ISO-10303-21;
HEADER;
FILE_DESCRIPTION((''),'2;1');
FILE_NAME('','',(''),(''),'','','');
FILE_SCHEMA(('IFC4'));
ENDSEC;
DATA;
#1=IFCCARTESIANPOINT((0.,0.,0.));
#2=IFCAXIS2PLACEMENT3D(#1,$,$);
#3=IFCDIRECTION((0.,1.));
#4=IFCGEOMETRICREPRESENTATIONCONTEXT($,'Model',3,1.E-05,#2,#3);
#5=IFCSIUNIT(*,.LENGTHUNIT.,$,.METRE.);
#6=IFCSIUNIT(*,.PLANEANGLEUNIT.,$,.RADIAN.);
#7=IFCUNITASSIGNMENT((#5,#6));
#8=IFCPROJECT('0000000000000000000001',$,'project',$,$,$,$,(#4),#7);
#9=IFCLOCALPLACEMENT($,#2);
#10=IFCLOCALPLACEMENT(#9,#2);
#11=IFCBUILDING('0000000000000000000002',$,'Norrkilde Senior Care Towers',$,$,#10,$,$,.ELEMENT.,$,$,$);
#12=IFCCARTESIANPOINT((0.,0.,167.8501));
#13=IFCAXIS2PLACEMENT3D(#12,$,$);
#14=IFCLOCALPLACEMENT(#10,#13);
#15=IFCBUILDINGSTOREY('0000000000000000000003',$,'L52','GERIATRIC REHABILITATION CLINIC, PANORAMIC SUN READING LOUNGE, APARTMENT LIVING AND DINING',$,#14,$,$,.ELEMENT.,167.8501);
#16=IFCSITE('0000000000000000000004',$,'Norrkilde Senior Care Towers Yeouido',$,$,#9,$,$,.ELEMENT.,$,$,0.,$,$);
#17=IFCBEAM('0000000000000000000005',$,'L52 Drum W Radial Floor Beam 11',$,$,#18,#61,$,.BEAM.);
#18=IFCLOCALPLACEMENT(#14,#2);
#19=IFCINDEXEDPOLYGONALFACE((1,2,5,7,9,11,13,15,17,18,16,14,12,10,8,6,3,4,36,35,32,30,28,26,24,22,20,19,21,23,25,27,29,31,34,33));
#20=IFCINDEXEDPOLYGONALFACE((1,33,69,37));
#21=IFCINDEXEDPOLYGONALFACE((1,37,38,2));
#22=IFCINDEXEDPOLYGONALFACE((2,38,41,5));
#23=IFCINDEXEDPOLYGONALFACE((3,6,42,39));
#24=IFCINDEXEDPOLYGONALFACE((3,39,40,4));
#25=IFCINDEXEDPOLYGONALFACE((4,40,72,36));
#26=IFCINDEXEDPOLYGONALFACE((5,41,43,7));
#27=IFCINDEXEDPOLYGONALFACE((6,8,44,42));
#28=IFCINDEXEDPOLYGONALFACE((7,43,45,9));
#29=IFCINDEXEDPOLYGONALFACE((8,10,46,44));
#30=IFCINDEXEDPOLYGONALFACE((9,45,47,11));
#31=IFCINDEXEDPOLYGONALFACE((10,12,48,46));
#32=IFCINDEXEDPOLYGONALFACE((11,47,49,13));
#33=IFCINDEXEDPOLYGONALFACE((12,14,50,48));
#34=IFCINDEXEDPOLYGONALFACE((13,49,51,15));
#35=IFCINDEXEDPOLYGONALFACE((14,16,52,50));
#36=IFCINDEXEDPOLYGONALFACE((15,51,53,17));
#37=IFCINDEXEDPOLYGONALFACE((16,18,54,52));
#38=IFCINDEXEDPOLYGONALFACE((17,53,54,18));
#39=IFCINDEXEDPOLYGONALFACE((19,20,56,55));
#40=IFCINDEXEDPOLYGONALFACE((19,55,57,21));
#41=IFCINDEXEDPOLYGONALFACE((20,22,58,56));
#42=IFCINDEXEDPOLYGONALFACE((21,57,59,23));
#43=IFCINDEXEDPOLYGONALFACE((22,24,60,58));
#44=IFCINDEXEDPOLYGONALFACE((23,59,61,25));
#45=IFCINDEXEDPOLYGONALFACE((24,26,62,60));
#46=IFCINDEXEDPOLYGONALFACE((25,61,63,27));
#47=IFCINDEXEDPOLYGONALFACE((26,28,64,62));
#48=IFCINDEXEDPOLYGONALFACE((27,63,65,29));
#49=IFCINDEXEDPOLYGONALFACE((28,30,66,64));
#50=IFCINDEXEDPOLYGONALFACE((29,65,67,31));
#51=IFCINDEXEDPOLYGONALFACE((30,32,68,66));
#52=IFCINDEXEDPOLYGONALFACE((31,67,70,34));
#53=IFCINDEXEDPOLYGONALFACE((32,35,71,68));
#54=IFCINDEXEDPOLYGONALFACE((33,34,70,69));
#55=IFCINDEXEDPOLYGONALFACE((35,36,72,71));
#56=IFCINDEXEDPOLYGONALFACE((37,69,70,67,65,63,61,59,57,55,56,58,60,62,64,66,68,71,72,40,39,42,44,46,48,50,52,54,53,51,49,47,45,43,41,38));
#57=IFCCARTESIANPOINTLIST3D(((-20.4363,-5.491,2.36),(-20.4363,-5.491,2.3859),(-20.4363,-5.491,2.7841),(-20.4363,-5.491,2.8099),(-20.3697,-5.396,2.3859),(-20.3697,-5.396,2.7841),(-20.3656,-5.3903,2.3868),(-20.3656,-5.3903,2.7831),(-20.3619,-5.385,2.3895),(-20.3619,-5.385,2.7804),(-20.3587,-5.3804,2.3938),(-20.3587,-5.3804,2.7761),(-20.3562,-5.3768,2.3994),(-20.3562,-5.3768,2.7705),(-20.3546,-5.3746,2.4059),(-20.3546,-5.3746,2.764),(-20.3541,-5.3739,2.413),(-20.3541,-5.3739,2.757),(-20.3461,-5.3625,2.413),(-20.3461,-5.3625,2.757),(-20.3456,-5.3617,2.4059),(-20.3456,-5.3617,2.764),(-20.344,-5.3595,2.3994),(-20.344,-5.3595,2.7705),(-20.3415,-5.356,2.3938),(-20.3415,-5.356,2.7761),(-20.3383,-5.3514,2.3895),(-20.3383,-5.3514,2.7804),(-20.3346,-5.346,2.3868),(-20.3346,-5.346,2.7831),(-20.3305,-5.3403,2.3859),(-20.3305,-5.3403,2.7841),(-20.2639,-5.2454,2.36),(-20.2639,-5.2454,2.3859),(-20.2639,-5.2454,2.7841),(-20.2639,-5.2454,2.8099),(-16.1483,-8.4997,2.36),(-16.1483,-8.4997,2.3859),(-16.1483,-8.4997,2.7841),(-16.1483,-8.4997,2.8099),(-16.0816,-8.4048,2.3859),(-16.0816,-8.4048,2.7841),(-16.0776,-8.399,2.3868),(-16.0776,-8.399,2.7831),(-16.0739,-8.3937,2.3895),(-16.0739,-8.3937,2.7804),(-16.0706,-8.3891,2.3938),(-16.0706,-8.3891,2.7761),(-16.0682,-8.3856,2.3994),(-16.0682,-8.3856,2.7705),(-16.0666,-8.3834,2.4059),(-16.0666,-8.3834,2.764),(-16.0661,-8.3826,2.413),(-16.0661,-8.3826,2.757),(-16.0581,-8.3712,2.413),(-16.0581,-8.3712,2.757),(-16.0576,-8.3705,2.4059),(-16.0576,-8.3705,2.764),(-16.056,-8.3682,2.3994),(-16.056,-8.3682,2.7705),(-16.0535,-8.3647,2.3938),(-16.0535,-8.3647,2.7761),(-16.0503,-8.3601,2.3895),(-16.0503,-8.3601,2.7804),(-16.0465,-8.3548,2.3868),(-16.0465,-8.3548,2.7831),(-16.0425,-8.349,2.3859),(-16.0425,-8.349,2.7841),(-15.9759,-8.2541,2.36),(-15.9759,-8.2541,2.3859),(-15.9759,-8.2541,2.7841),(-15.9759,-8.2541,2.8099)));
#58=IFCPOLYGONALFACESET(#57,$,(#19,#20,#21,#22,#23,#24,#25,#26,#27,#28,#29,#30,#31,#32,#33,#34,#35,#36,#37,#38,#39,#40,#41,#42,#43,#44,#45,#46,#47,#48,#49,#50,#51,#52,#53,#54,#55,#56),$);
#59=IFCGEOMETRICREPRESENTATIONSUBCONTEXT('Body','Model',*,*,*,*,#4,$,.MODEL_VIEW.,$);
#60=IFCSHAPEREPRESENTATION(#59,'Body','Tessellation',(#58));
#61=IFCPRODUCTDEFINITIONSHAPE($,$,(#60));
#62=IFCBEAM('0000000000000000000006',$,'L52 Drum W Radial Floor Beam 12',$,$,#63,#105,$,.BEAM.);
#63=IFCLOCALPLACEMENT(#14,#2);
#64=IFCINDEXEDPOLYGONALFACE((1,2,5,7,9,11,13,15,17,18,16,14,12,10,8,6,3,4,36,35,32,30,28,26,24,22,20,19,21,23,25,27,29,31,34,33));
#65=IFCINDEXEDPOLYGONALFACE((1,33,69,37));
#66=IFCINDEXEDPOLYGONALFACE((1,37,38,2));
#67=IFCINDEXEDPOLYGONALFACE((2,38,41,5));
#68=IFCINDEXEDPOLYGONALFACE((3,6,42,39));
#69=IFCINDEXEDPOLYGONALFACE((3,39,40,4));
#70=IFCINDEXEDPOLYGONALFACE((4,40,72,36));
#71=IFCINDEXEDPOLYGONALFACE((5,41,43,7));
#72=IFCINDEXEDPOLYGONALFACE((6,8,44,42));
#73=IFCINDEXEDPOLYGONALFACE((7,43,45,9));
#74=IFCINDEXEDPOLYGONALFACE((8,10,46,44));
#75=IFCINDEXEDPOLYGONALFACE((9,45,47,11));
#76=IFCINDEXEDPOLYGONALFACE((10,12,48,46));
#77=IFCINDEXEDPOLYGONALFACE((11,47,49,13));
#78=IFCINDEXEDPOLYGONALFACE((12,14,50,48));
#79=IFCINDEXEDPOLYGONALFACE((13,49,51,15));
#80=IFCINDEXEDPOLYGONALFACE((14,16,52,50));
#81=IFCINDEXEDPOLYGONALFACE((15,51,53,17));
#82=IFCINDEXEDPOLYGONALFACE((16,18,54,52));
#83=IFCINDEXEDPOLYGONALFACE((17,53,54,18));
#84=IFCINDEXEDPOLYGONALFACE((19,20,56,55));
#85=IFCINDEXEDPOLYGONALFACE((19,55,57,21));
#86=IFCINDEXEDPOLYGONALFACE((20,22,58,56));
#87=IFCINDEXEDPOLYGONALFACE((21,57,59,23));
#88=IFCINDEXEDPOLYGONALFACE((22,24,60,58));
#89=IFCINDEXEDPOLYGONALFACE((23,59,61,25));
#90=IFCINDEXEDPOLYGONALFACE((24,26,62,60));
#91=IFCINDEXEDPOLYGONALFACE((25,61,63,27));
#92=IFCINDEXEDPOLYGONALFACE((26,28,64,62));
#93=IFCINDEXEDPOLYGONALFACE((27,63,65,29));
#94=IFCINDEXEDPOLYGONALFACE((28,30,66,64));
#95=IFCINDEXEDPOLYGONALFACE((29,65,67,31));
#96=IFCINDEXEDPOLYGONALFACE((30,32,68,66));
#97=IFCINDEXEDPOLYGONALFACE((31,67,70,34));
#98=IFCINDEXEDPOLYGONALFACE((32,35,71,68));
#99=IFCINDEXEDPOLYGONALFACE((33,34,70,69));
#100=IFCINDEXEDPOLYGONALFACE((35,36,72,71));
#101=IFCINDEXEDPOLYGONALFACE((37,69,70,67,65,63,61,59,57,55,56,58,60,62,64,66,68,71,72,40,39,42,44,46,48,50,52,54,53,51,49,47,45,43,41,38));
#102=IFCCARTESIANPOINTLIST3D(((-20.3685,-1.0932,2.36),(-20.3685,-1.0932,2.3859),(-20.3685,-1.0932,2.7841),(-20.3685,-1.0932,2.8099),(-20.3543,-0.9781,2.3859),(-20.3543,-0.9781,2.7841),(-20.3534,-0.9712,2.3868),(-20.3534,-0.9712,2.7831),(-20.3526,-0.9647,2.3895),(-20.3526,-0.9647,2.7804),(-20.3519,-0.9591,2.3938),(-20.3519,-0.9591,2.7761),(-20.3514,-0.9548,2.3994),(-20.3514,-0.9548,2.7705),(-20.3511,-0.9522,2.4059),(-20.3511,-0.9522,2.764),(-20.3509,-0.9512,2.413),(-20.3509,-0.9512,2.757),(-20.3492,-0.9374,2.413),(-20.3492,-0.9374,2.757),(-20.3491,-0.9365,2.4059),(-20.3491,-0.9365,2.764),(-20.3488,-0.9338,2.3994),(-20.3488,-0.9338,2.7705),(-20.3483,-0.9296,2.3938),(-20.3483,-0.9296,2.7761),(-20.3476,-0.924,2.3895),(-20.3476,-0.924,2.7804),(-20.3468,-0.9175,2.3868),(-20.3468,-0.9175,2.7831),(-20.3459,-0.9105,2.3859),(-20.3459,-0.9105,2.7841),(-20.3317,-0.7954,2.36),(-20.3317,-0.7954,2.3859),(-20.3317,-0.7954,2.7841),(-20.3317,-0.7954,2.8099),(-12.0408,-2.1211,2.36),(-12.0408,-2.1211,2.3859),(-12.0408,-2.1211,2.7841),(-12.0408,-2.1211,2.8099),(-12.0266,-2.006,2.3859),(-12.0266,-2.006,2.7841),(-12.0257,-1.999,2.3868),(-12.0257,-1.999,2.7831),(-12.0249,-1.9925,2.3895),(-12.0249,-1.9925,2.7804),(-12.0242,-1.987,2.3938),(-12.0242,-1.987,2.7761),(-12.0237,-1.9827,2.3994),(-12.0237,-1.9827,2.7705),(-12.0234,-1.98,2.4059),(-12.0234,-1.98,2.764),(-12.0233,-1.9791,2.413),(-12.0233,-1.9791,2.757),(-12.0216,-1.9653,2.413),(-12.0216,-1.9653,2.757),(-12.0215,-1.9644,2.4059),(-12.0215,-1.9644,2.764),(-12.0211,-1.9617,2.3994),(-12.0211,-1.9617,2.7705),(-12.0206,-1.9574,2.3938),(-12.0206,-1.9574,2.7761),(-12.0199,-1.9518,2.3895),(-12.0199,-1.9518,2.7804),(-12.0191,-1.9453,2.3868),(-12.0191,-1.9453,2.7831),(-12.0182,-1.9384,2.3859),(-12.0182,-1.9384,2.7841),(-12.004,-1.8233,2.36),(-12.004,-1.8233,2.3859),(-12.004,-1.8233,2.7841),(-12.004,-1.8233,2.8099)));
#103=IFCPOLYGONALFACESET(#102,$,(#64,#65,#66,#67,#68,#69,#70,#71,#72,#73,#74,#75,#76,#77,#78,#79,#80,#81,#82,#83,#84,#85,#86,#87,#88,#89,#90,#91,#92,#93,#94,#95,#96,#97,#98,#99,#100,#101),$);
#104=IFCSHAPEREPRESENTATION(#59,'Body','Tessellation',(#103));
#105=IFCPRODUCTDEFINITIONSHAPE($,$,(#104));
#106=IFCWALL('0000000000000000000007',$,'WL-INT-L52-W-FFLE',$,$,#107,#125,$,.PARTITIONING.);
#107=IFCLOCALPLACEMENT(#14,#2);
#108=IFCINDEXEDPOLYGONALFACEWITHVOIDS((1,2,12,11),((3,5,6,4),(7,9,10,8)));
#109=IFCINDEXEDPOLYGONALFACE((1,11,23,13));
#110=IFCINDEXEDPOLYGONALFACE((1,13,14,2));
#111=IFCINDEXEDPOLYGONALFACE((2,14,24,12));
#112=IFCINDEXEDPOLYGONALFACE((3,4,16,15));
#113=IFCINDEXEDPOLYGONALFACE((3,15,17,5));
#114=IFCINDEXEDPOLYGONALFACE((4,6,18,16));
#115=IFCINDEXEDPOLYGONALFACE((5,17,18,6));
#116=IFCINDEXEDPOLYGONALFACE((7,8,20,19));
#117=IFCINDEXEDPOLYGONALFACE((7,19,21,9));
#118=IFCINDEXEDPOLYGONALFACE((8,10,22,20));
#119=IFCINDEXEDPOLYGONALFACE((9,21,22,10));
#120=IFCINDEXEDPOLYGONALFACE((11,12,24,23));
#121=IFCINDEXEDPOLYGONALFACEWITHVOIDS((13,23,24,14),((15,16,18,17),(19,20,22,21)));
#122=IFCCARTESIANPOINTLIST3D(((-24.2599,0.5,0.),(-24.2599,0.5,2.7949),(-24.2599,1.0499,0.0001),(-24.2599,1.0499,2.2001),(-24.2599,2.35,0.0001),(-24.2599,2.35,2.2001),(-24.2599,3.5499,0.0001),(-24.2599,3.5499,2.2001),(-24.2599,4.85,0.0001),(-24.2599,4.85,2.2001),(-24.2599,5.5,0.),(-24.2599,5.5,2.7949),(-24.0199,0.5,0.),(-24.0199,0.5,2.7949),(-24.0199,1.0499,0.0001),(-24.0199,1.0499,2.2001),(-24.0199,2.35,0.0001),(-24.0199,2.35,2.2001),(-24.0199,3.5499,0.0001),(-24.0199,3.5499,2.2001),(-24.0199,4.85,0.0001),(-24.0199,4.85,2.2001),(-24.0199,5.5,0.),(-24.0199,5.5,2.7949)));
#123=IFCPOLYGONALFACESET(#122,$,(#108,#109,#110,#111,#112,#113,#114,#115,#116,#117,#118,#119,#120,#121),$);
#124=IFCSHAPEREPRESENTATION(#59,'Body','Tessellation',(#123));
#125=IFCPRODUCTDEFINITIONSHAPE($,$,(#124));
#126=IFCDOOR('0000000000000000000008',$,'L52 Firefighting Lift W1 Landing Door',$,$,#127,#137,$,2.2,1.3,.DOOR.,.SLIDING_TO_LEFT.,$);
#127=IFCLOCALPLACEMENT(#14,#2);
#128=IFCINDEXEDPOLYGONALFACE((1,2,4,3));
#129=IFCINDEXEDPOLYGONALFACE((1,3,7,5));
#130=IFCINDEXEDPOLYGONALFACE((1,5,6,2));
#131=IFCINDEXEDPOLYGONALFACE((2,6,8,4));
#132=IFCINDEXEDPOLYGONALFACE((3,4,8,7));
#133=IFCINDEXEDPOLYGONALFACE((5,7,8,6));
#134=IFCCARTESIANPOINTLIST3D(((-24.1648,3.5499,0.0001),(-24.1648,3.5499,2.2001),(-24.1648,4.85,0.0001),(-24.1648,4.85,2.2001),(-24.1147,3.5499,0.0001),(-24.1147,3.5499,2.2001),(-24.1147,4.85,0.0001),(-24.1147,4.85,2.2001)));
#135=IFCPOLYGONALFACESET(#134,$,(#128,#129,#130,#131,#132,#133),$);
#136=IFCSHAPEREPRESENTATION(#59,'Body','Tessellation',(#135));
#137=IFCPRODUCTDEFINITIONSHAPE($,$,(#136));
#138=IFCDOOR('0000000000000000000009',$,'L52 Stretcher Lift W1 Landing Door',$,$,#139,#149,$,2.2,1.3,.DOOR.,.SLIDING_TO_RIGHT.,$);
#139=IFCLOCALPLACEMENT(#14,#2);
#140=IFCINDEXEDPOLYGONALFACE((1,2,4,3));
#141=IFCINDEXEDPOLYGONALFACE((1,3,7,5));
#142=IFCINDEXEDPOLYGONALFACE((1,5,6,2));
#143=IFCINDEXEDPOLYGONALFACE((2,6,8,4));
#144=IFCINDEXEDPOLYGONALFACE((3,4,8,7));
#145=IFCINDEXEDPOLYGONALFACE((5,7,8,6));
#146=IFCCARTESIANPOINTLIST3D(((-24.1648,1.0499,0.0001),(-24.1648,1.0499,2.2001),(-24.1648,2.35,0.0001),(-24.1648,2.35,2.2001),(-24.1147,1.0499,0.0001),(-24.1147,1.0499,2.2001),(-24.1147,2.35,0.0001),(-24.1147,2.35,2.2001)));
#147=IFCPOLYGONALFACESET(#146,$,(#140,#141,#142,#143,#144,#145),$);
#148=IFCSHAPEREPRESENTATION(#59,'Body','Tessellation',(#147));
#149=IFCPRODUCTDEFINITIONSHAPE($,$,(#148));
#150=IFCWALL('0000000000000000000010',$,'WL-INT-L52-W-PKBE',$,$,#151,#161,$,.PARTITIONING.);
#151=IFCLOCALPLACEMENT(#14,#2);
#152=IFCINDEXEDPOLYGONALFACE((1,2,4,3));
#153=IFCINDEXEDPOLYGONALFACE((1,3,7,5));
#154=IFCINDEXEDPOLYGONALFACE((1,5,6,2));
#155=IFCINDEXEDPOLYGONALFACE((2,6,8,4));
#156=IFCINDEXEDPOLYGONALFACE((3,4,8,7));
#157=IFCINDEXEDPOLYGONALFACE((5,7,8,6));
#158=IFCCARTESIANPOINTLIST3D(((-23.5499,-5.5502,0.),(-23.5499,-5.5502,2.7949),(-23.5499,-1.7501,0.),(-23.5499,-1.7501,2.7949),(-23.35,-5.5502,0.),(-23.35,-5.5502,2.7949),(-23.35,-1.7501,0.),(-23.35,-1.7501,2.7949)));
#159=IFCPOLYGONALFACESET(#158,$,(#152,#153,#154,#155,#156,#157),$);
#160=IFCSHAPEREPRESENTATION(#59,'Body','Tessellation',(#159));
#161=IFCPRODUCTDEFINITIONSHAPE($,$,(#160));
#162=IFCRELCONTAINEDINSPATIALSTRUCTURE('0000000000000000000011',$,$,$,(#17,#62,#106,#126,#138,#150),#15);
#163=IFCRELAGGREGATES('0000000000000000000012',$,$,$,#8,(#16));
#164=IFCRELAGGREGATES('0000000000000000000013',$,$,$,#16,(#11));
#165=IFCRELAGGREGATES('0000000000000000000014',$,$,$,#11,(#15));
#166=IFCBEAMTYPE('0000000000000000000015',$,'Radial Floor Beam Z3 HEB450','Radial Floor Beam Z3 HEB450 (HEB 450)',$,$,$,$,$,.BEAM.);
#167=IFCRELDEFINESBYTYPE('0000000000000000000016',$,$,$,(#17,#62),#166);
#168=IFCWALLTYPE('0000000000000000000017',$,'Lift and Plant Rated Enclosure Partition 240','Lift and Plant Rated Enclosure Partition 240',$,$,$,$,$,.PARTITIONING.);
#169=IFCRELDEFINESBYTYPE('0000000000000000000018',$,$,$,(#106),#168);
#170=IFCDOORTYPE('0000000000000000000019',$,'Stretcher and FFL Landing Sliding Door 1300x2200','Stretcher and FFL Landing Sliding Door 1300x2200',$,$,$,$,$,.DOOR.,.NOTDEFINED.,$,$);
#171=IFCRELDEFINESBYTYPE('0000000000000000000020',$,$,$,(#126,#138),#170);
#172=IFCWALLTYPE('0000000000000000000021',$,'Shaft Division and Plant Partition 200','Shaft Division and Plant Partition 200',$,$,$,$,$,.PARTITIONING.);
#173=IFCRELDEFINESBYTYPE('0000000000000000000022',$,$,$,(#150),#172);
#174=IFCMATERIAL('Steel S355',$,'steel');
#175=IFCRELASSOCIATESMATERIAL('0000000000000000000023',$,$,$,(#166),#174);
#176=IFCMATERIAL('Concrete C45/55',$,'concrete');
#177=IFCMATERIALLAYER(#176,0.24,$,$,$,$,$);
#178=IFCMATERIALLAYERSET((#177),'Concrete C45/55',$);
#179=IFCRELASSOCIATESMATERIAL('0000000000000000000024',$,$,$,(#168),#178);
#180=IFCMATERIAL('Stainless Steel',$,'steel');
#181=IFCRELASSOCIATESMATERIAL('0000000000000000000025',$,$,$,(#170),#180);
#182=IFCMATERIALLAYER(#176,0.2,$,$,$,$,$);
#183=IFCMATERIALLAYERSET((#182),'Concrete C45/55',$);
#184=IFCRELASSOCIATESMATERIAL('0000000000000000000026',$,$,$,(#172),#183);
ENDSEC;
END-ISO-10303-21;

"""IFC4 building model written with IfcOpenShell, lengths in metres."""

from ifc_helpers import new_model, si_unit, direction, frame, frame_2d, origin, origin_2d, place, context, subcontext, project, spatial, rectangle, i_section, extrude, source, transform, mapped, material, layer, layer_set, material_profile, profile_set, type_object, type_shapes, element, fill, save


model = new_model("IFC4")

# Units and contexts
model_context = context("Model", 3, precision=1e-05, world=origin(), true_north=direction((0.0, 1.0)))
body_context = subcontext(model_context, "Body", "Model", "MODEL_VIEW")
ifc_project = project(units=[si_unit("LENGTHUNIT", "METRE"), si_unit("PLANEANGLEUNIT", "RADIAN")], contexts=[model_context])

# Site, building, storey
site_placement = place(None, origin())
site = spatial("IfcSite", under=ifc_project, at=site_placement, Name="Norrkilde Senior Care Towers Yeouido", CompositionType="ELEMENT", RefElevation=0.0)
building_placement = place(site_placement, origin())
building = spatial("IfcBuilding", under=site, at=building_placement, Name="Norrkilde Senior Care Towers", CompositionType="ELEMENT")
storey_placement = place(building_placement, frame((0.0, 0.0, 167.8501)))
storey = spatial("IfcBuildingStorey", under=building, at=storey_placement, Name="L52", Description="GERIATRIC REHABILITATION CLINIC, PANORAMIC SUN READING LOUNGE, APARTMENT LIVING AND DINING", CompositionType="ELEMENT", Elevation=167.8501)

# Beams
ifc_material_1 = material(Name="Steel S355", Category="steel")
ifc_material_profile = material_profile(ifc_material_1, i_section(OverallWidth=0.3, OverallDepth=0.45, WebThickness=0.0139, FlangeThickness=0.0259, FilletRadius=0.0271, at=origin_2d()), Name="HEB 450")
ifc_profile_set = profile_set([ifc_material_profile], Name="Steel S355")
beam_type = type_object("IfcBeamType", Name="Radial Floor Beam Z3 HEB450", Description="Radial Floor Beam Z3 HEB450 (HEB 450)", PredefinedType="BEAM", material=ifc_profile_set)
shared_shape_1 = source(origin(), body_context, "Body", "SweptSolid", [
    extrude(i_section(OverallWidth=0.3, OverallDepth=0.45, WebThickness=0.0139, FlangeThickness=0.0259, FilletRadius=0.0271, at=origin_2d()), origin(), (0.0, 0.0, 1.0), 5.2383),
])
beam_1_placement = place(storey_placement, frame((-20.3501, -5.3682, 2.585), z_axis=(0.818592, -0.574375, 0.0), x_axis=(0.574375, 0.818592, 0.0)))
element("IfcBeam", 1, at=beam_1_placement, inside=storey, type_object=beam_type, Name="L52 Drum W Radial Floor Beam 11", PredefinedType="BEAM", context=body_context, shape_type="MappedRepresentation", body=[
    mapped(shared_shape_1, transform((0.0, 0.0, 0.0), x_axis=(1.0, 0.0, 0.0), y_axis=(0.0, 1.0, 0.0), z_axis=(0.0, 0.0, 1.0), scale=1.0)),
])
shared_shape_2 = source(origin(), body_context, "Body", "SweptSolid", [
    extrude(i_section(OverallWidth=0.3, OverallDepth=0.45, WebThickness=0.0139, FlangeThickness=0.0259, FilletRadius=0.0271, at=origin_2d()), origin(), (0.0, 0.0, 1.0), 8.3909),
])
type_shapes(beam_type, [shared_shape_1, shared_shape_2])
beam_2_placement = place(storey_placement, frame((-20.3501, -0.9443, 2.585), z_axis=(0.992469, -0.122495, 0.0), x_axis=(0.122495, 0.992469, 0.0)))
element("IfcBeam", 2, at=beam_2_placement, inside=storey, type_object=beam_type, Name="L52 Drum W Radial Floor Beam 12", PredefinedType="BEAM", context=body_context, shape_type="MappedRepresentation", body=[
    mapped(shared_shape_2, transform((0.0, 0.0, 0.0), x_axis=(1.0, 0.0, 0.0), y_axis=(0.0, 1.0, 0.0), z_axis=(0.0, 0.0, 1.0), scale=1.0)),
])

# Wall, openings, doors
ifc_material_2 = material(Name="Concrete C45/55", Category="concrete")
ifc_layer_1 = layer(ifc_material_2, 0.24)
ifc_layer_set_1 = layer_set([ifc_layer_1], Name="Concrete C45/55")
wall_type_1 = type_object("IfcWallType", Name="Lift and Plant Rated Enclosure Partition 240", Description="Lift and Plant Rated Enclosure Partition 240", PredefinedType="PARTITIONING", material=ifc_layer_set_1)
shared_shape_3 = source(origin(), body_context, "Body", "SweptSolid", [
    extrude(rectangle(XDim=5.0, YDim=0.24, at=frame_2d((2.5, 0.0))), origin(), (0.0, 0.0, 1.0), 2.7949),
])
wall_1_placement = place(storey_placement, frame((-24.1399, 0.5, 0.0), z_axis=(0.0, 0.0, 1.0), x_axis=(0.0, 1.0, 0.0)))
wall_1 = element("IfcWall", 3, at=wall_1_placement, inside=storey, type_object=wall_type_1, Name="WL-INT-L52-W-FFLE", PredefinedType="PARTITIONING", context=body_context, shape_type="MappedRepresentation", body=[
    mapped(shared_shape_3, transform((0.0, 0.0, 0.0), x_axis=(1.0, 0.0, 0.0), y_axis=(0.0, 1.0, 0.0), z_axis=(0.0, 0.0, 1.0), scale=1.0)),
])
opening_1_placement = place(wall_1_placement, frame((3.05, 0.0, 0.0)))
opening_1 = element("IfcOpeningElement", 4, at=opening_1_placement, cuts=wall_1, PredefinedType="OPENING", context=body_context, shape_type="SweptSolid", body=[
    extrude(rectangle(XDim=1.3, YDim=2.2, at=frame_2d((0.6499, 1.1001))), frame((0.0, 0.1299, 0.0), z_axis=(0.0, -1.0, 0.0), x_axis=(1.0, 0.0, 0.0)), (0.0, 0.0, 1.0), 0.26),
])
opening_2_placement = place(wall_1_placement, frame((0.55, 0.0, 0.0)))
opening_2 = element("IfcOpeningElement", 5, at=opening_2_placement, cuts=wall_1, PredefinedType="OPENING", context=body_context, shape_type="SweptSolid", body=[
    extrude(rectangle(XDim=1.3, YDim=2.2, at=frame_2d((0.6499, 1.1001))), frame((0.0, 0.1299, 0.0), z_axis=(0.0, -1.0, 0.0), x_axis=(1.0, 0.0, 0.0)), (0.0, 0.0, 1.0), 0.26),
])
ifc_material_3 = material(Name="Stainless Steel", Category="steel")
door_type_1 = type_object("IfcDoorType", Name="Stretcher and FFL Landing Sliding Door 1300x2200", Description="Stretcher and FFL Landing Sliding Door 1300x2200", OperationType="NOTDEFINED", PredefinedType="DOOR", material=ifc_material_3)
shared_shape_4 = source(origin(), body_context, "Body", "SweptSolid", [
    extrude(rectangle(XDim=1.3, YDim=2.2, at=frame_2d((0.6499, 1.1001))), frame((0.0, 0.0249, 0.0), z_axis=(0.0, -1.0, 0.0), x_axis=(1.0, 0.0, 0.0)), (0.0, 0.0, 1.0), 0.05),
])
type_shapes(door_type_1, [shared_shape_4])
door_1_placement = place(opening_1_placement, origin())
door_1 = element("IfcDoor", 6, at=door_1_placement, inside=storey, type_object=door_type_1, Name="L52 Firefighting Lift W1 Landing Door", OperationType="SLIDING_TO_LEFT", OverallHeight=2.2, OverallWidth=1.3, PredefinedType="DOOR", context=body_context, shape_type="MappedRepresentation", body=[
    mapped(shared_shape_4, transform((0.0, 0.0, 0.0), x_axis=(1.0, 0.0, 0.0), y_axis=(0.0, 1.0, 0.0), z_axis=(0.0, 0.0, 1.0), scale=1.0)),
])
fill(opening_1, door_1)
door_2_placement = place(opening_2_placement, origin())
door_2 = element("IfcDoor", 7, at=door_2_placement, inside=storey, type_object=door_type_1, Name="L52 Stretcher Lift W1 Landing Door", OperationType="SLIDING_TO_RIGHT", OverallHeight=2.2, OverallWidth=1.3, PredefinedType="DOOR", context=body_context, shape_type="MappedRepresentation", body=[
    mapped(shared_shape_4, transform((0.0, 0.0, 0.0), x_axis=(1.0, 0.0, 0.0), y_axis=(0.0, 1.0, 0.0), z_axis=(0.0, 0.0, 1.0), scale=1.0)),
])
fill(opening_2, door_2)

# Wall
ifc_layer_2 = layer(ifc_material_2, 0.2)
ifc_layer_set_2 = layer_set([ifc_layer_2], Name="Concrete C45/55")
wall_type_2 = type_object("IfcWallType", Name="Shaft Division and Plant Partition 200", Description="Shaft Division and Plant Partition 200", PredefinedType="PARTITIONING", material=ifc_layer_set_2)
shared_shape_5 = source(origin(), body_context, "Body", "SweptSolid", [
    extrude(rectangle(XDim=3.8, YDim=0.2, at=frame_2d((1.8999, 0.0))), origin(), (0.0, 0.0, 1.0), 2.7949),
])
type_shapes(wall_type_2, [shared_shape_5])
wall_2_placement = place(storey_placement, frame((-23.45, -5.55, 0.0), z_axis=(0.0, 0.0, 1.0), x_axis=(0.0, 1.0, 0.0)))
element("IfcWall", 8, at=wall_2_placement, inside=storey, type_object=wall_type_2, Name="WL-INT-L52-W-PKBE", PredefinedType="PARTITIONING", context=body_context, shape_type="MappedRepresentation", body=[
    mapped(shared_shape_5, transform((0.0, 0.0, 0.0), x_axis=(1.0, 0.0, 0.0), y_axis=(0.0, 1.0, 0.0), z_axis=(0.0, 0.0, 1.0), scale=1.0)),
])

save(model, "model.ifc")
